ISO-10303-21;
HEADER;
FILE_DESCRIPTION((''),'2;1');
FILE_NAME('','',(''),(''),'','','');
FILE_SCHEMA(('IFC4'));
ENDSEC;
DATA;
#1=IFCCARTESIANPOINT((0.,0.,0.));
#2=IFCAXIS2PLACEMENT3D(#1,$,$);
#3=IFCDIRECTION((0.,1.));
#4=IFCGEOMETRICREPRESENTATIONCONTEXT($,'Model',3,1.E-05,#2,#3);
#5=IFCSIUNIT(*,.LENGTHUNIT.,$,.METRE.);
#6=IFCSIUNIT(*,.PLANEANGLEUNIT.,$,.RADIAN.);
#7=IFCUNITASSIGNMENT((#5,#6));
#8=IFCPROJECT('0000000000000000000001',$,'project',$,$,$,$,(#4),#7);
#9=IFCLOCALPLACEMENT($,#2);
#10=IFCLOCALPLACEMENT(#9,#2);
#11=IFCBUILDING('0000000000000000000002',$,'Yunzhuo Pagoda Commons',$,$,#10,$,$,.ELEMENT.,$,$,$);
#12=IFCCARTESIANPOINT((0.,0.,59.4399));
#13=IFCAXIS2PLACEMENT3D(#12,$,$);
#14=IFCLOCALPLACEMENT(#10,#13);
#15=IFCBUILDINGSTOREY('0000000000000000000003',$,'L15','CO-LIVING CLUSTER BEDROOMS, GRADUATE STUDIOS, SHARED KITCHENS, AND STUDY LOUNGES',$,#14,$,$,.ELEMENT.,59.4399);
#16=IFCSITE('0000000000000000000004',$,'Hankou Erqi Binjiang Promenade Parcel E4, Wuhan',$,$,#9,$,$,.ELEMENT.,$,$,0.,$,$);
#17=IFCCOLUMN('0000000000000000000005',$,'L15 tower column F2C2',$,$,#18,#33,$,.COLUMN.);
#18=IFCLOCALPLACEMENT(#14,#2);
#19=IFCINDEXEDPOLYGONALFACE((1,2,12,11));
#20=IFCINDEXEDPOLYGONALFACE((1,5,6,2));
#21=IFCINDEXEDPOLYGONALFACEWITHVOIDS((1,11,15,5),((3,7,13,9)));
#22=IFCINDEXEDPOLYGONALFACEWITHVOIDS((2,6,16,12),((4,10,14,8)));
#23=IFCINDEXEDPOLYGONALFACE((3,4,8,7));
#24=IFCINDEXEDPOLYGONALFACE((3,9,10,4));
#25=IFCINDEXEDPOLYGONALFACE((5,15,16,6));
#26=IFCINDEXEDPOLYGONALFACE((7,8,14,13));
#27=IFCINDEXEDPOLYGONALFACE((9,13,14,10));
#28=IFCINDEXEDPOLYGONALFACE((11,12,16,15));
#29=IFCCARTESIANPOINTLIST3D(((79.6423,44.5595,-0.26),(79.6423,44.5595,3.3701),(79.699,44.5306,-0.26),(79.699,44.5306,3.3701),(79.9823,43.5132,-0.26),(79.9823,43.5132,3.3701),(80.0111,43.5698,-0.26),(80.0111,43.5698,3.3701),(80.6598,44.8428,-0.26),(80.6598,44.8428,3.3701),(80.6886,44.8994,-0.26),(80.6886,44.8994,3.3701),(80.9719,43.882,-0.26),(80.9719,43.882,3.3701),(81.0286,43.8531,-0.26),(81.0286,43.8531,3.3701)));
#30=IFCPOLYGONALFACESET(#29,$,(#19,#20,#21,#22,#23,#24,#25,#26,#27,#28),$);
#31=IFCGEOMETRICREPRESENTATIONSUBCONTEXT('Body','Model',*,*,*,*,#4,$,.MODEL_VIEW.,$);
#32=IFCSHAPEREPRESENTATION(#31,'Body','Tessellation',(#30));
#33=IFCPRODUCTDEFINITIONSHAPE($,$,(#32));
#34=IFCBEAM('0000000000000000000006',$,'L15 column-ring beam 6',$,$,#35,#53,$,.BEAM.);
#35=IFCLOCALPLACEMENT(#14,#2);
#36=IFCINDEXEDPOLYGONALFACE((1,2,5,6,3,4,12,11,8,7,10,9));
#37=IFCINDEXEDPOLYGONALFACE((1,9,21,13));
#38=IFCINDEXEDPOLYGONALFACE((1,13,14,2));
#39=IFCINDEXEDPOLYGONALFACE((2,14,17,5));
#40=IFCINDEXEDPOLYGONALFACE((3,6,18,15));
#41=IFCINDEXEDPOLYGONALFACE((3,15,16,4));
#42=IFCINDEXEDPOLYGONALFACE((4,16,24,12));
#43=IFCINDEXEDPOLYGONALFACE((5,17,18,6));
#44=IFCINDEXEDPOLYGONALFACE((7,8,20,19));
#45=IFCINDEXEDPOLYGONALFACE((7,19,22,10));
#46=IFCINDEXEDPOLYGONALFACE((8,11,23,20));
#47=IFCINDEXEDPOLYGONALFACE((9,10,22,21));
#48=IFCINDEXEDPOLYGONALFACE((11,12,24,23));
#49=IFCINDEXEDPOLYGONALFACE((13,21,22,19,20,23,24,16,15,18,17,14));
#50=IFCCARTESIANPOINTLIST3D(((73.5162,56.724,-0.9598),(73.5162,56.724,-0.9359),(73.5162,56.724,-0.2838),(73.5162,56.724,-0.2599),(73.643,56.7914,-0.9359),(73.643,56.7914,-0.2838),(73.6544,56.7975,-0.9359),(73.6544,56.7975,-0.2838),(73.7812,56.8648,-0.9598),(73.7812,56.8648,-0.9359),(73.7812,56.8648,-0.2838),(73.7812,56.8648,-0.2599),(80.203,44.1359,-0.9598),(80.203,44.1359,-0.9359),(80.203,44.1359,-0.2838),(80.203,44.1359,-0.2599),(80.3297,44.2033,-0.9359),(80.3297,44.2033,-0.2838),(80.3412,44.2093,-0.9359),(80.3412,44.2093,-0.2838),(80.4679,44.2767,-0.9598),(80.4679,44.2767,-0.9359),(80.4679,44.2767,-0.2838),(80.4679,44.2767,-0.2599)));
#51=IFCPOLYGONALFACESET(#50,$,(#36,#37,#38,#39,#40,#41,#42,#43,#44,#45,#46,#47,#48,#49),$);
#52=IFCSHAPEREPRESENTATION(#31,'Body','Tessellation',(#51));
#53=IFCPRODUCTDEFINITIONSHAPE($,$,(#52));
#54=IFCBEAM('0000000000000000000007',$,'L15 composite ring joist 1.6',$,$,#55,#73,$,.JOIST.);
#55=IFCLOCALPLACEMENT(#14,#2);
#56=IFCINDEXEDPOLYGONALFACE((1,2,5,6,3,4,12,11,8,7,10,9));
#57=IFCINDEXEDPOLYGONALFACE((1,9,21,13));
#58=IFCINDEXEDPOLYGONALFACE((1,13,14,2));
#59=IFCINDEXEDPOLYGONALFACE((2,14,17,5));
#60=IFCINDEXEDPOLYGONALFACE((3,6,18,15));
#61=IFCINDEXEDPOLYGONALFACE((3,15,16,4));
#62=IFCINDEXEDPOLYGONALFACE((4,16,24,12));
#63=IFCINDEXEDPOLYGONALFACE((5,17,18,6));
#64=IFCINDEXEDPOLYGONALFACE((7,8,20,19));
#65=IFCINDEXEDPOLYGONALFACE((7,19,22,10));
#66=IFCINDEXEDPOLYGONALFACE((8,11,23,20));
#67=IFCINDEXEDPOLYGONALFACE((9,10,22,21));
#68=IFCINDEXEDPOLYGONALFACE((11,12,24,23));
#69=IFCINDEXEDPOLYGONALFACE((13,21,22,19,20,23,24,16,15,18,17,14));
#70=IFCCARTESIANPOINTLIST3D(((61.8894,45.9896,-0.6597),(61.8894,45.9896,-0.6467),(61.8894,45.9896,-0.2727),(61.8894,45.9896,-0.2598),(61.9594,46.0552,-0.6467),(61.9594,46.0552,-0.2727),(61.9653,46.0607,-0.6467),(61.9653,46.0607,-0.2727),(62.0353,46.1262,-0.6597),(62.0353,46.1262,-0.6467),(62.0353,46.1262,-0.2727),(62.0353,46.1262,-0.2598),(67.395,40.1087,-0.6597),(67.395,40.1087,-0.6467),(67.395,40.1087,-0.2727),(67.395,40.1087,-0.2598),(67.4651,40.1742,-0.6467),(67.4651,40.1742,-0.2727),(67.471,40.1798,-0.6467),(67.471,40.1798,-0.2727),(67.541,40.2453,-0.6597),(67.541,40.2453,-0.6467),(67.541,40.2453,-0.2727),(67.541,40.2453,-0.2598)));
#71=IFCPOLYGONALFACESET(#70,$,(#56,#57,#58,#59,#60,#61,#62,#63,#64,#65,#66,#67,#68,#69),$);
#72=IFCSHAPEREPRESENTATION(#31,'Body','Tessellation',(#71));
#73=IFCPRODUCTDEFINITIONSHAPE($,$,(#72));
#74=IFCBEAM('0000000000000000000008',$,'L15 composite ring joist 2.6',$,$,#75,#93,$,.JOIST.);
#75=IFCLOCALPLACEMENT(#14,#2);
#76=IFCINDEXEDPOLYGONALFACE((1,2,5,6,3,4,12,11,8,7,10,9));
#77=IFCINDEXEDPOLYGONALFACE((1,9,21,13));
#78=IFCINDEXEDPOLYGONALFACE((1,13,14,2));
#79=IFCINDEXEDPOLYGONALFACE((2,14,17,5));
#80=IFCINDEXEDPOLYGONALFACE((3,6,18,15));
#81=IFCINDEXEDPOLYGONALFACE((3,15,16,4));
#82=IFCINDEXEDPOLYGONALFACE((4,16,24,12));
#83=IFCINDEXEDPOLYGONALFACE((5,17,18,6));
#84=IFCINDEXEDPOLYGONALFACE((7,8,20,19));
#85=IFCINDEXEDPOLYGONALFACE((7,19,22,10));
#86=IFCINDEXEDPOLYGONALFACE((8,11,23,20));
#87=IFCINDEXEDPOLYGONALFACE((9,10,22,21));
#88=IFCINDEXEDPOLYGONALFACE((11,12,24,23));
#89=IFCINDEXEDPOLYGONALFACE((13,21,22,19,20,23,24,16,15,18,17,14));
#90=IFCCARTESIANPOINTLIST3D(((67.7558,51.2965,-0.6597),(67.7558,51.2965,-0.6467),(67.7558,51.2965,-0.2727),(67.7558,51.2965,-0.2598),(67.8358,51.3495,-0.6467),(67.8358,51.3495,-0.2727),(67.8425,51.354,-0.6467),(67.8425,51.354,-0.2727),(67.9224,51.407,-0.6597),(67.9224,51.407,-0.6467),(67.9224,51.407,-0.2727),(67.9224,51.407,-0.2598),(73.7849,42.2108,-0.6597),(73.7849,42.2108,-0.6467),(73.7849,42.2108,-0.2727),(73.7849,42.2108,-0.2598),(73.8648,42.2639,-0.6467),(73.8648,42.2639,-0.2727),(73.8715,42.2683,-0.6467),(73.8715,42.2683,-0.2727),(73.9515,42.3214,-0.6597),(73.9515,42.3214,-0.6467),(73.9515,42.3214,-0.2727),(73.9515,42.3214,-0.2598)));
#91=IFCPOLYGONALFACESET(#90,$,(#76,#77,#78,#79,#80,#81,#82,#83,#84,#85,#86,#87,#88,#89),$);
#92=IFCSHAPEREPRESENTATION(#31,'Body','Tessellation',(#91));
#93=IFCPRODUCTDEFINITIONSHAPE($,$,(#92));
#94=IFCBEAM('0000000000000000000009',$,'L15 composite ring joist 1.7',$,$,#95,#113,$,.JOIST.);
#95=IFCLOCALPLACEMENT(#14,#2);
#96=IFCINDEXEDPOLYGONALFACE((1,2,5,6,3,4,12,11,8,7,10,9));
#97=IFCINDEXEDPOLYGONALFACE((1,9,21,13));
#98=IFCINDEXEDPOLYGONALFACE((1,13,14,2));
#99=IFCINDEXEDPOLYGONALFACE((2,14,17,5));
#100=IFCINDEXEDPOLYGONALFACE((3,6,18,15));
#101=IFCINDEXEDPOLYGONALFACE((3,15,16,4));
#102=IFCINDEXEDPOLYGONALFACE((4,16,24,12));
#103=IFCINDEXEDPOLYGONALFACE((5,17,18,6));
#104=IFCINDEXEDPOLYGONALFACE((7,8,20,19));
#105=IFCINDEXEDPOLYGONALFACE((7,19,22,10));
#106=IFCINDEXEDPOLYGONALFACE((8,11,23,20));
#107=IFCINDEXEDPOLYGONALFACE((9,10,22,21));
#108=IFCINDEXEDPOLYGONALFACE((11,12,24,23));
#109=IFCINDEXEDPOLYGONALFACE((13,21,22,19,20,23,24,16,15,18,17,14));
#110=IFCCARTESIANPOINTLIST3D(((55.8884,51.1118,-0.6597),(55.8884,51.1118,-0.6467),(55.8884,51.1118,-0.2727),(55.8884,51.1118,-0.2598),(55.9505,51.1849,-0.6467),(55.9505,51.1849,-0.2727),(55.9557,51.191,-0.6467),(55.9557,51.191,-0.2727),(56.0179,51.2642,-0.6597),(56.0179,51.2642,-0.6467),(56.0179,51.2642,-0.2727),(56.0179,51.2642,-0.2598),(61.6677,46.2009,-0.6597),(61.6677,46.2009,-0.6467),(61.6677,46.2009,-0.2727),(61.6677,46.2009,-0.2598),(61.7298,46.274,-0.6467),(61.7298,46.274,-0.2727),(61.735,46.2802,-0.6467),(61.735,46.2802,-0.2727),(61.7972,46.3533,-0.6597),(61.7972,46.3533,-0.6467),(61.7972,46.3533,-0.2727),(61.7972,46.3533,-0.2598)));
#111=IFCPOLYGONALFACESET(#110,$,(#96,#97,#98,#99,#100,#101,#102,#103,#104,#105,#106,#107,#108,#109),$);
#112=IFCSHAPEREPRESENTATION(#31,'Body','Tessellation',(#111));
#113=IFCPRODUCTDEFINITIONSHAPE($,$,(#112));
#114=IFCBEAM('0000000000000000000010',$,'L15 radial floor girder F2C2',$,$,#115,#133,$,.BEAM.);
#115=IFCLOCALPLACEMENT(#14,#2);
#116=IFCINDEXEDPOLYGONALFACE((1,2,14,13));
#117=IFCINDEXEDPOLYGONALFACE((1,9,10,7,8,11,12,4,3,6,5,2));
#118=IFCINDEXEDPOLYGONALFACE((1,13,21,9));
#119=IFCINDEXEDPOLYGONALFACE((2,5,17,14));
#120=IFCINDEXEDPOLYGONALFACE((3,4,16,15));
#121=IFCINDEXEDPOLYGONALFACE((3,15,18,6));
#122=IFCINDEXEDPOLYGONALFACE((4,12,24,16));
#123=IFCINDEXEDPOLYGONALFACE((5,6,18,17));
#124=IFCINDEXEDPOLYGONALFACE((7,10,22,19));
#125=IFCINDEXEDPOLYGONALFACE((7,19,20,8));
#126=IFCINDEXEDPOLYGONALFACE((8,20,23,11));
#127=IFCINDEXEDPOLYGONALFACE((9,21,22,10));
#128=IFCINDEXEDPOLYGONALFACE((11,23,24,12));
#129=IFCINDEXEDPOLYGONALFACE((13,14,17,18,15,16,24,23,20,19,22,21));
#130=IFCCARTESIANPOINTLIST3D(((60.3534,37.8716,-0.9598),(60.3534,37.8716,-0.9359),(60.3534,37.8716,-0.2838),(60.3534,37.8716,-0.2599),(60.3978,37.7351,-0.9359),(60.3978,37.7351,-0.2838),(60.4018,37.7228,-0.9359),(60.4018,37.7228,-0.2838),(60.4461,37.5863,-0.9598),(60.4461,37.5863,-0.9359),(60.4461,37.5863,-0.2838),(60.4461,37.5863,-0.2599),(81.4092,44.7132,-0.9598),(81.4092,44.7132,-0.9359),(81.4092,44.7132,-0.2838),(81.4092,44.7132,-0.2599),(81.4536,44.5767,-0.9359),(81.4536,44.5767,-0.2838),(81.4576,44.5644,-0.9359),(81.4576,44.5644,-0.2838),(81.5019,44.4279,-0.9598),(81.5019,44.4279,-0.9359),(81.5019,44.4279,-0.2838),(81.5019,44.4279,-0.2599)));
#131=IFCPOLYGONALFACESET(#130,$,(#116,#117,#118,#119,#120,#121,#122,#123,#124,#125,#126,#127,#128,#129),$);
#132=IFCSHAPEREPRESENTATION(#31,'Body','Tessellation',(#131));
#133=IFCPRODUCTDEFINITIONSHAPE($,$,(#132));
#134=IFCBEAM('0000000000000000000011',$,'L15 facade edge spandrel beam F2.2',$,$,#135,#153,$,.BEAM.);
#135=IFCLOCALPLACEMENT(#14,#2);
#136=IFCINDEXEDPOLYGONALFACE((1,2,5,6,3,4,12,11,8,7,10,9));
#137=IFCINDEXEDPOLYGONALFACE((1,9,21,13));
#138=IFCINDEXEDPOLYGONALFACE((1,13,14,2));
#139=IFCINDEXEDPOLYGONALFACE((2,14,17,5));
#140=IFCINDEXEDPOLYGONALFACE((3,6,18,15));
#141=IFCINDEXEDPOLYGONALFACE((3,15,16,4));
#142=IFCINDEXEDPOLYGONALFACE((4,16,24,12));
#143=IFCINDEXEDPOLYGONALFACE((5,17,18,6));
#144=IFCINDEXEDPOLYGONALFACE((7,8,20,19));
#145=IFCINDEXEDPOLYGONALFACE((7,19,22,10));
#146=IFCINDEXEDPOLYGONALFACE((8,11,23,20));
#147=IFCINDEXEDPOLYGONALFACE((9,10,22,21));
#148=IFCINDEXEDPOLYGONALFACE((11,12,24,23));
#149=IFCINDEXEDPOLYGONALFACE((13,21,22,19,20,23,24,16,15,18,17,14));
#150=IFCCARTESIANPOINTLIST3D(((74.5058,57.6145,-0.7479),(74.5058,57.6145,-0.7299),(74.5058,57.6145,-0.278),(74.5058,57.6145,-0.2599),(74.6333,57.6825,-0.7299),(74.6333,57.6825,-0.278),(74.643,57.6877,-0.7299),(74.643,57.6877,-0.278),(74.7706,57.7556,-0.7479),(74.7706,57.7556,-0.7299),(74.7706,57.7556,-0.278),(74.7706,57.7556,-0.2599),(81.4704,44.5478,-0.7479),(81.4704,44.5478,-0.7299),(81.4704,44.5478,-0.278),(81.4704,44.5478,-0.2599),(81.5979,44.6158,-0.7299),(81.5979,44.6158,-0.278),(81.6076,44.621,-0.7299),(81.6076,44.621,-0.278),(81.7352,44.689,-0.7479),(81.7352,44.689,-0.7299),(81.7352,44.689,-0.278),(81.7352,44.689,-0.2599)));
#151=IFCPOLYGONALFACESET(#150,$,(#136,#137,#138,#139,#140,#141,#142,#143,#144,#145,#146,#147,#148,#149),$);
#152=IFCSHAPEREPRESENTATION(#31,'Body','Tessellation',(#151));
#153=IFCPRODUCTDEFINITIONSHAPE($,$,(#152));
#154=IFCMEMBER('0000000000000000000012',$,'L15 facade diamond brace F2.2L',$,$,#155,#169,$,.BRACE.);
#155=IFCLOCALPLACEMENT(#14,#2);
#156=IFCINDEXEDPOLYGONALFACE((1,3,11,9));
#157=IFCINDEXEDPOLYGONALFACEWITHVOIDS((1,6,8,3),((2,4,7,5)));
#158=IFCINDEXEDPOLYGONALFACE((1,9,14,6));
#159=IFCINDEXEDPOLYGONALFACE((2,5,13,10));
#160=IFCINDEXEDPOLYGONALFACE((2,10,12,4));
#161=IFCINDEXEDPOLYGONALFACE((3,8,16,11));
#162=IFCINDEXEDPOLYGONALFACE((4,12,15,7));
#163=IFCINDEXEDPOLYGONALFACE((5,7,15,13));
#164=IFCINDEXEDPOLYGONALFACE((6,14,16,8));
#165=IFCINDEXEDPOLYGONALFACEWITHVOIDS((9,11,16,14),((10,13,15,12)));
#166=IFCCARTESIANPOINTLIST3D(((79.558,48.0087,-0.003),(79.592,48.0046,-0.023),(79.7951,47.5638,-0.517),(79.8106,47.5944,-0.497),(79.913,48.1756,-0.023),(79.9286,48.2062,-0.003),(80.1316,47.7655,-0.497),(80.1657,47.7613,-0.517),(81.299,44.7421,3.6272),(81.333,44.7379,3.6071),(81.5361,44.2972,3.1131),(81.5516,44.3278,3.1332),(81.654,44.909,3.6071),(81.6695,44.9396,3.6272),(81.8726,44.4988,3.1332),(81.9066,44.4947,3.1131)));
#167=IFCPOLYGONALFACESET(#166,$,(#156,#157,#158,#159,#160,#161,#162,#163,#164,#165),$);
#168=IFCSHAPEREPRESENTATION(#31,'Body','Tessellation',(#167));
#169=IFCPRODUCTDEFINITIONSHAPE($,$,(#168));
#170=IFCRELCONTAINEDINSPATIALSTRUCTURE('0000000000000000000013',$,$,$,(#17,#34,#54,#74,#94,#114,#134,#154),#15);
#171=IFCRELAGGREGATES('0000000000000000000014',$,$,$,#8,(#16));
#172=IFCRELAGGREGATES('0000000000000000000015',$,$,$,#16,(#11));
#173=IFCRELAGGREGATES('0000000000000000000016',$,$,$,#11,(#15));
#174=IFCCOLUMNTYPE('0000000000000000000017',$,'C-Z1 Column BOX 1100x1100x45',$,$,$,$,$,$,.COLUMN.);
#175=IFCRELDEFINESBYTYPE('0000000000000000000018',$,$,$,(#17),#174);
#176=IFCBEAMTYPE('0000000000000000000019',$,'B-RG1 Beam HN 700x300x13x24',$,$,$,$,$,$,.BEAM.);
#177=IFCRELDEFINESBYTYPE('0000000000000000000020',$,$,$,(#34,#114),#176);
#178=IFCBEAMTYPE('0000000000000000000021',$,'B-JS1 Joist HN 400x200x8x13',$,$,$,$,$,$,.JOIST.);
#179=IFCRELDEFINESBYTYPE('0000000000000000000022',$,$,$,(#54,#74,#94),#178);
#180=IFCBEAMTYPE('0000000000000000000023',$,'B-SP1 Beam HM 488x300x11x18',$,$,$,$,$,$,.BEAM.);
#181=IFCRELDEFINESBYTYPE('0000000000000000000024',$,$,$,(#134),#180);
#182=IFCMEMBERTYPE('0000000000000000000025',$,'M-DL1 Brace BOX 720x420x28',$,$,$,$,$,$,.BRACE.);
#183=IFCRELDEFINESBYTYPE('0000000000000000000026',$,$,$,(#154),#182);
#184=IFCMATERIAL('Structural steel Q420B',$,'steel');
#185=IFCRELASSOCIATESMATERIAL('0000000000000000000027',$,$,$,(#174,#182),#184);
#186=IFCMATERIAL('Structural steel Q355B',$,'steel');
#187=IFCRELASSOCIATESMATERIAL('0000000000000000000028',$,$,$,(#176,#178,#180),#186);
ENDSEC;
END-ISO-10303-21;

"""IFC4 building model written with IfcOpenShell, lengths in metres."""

from ifc_helpers import new_model, si_unit, direction, frame, origin, origin_2d, place, context, subcontext, project, spatial, hollow_rectangle, i_section, extrude, source, transform, mapped, material, material_profile, profile_set, type_object, element, save


model = new_model("IFC4")

# Units and contexts
model_context = context("Model", 3, precision=1e-05, world=origin(), true_north=direction((0.0, 1.0)))
body_context = subcontext(model_context, "Body", "Model", "MODEL_VIEW")
ifc_project = project(units=[si_unit("LENGTHUNIT", "METRE"), si_unit("PLANEANGLEUNIT", "RADIAN")], contexts=[model_context])

# Site, building, storey
site_placement = place(None, origin())
site = spatial("IfcSite", under=ifc_project, at=site_placement, Name="Hankou Erqi Binjiang Promenade Parcel E4, Wuhan", CompositionType="ELEMENT", RefElevation=0.0)
building_placement = place(site_placement, origin())
building = spatial("IfcBuilding", under=site, at=building_placement, Name="Yunzhuo Pagoda Commons", CompositionType="ELEMENT")
storey_placement = place(building_placement, frame((0.0, 0.0, 59.4399)))
storey = spatial("IfcBuildingStorey", under=building, at=storey_placement, Name="L15", Description="CO-LIVING CLUSTER BEDROOMS, GRADUATE STUDIOS, SHARED KITCHENS, AND STUDY LOUNGES", CompositionType="ELEMENT", Elevation=59.4399)

# Column
ifc_material_1 = material(Name="Structural steel Q420B", Category="steel")
ifc_material_profile_1 = material_profile(ifc_material_1, hollow_rectangle(XDim=1.1001, YDim=1.1001, WallThickness=0.0449, at=origin_2d()), Name="Structural steel Q420B")
ifc_profile_set_1 = profile_set([ifc_material_profile_1], Name="Structural steel Q420B")
column_type = type_object("IfcColumnType", Name="C-Z1 Column BOX 1100x1100x45", PredefinedType="COLUMN", material=ifc_profile_set_1)
shared_shape_1 = source(origin(), body_context, "Body", "SweptSolid", [
    extrude(hollow_rectangle(XDim=1.1001, YDim=1.1001, WallThickness=0.0449, at=origin_2d()), origin(), (0.0, 0.0, 1.0), 3.6301),
])
column_placement = place(storey_placement, frame((80.3354, 44.2063, -0.26), z_axis=(0.0, 0.0, 1.0), x_axis=(-0.309017, 0.951057, 0.0)))
element("IfcColumn", 1, at=column_placement, inside=storey, type_object=column_type, Name="L15 tower column F2C2", PredefinedType="COLUMN", context=body_context, shape_type="MappedRepresentation", body=[
    mapped(shared_shape_1, transform((0.0, 0.0, 0.0), scale=1.0)),
])

# Beams
ifc_material_2 = material(Name="Structural steel Q355B", Category="steel")
ifc_material_profile_2 = material_profile(ifc_material_2, i_section(OverallWidth=0.3, OverallDepth=0.7, WebThickness=0.0129, FlangeThickness=0.0239, at=origin_2d()), Name="Structural steel Q355B")
ifc_profile_set_2 = profile_set([ifc_material_profile_2], Name="Structural steel Q355B")
beam_type_1 = type_object("IfcBeamType", Name="B-RG1 Beam HN 700x300x13x24", PredefinedType="BEAM", material=ifc_profile_set_2)
shared_shape_2 = source(origin(), body_context, "Body", "SweptSolid", [
    extrude(i_section(OverallWidth=0.3, OverallDepth=0.7, WebThickness=0.0129, FlangeThickness=0.0239, at=origin_2d()), origin(), (0.0, 0.0, 1.0), 14.2539),
])
beam_1_placement = place(storey_placement, frame((80.3354, 44.2063, -0.6099), z_axis=(-0.469118, 0.883135, 0.0), x_axis=(-0.883135, -0.469118, 0.0)))
element("IfcBeam", 2, at=beam_1_placement, inside=storey, type_object=beam_type_1, Name="L15 column-ring beam 6", PredefinedType="BEAM", context=body_context, shape_type="MappedRepresentation", body=[
    mapped(shared_shape_2, transform((0.0, 0.0, 0.0), scale=1.0)),
])
ifc_material_profile_3 = material_profile(ifc_material_2, i_section(OverallWidth=0.2, OverallDepth=0.3999, WebThickness=0.0081, FlangeThickness=0.0129, at=origin_2d()), Name="Structural steel Q355B")
ifc_profile_set_3 = profile_set([ifc_material_profile_3], Name="Structural steel Q355B")
beam_type_2 = type_object("IfcBeamType", Name="B-JS1 Joist HN 400x200x8x13", PredefinedType="JOIST", material=ifc_profile_set_3)
shared_shape_3 = source(origin(), body_context, "Body", "SweptSolid", [
    extrude(i_section(OverallWidth=0.2, OverallDepth=0.3999, WebThickness=0.0081, FlangeThickness=0.0129, at=origin_2d()), origin(), (0.0, 0.0, 1.0), 8.0559),
])
beam_2_placement = place(storey_placement, frame((67.468, 40.177, -0.4597), z_axis=(-0.683433, 0.730013, 0.0), x_axis=(-0.730013, -0.683433, 0.0)))
element("IfcBeam", 3, at=beam_2_placement, inside=storey, type_object=beam_type_2, Name="L15 composite ring joist 1.6", PredefinedType="JOIST", context=body_context, shape_type="MappedRepresentation", body=[
    mapped(shared_shape_3, transform((0.0, 0.0, 0.0), scale=1.0)),
])
shared_shape_4 = source(origin(), body_context, "Body", "SweptSolid", [
    extrude(i_section(OverallWidth=0.2, OverallDepth=0.3999, WebThickness=0.0081, FlangeThickness=0.0129, at=origin_2d()), origin(), (0.0, 0.0, 1.0), 10.9041),
])
beam_3_placement = place(storey_placement, frame((73.8682, 42.2661, -0.4597), z_axis=(-0.552916, 0.833237, 0.0), x_axis=(-0.833237, -0.552916, 0.0)))
element("IfcBeam", 4, at=beam_3_placement, inside=storey, type_object=beam_type_2, Name="L15 composite ring joist 2.6", PredefinedType="JOIST", context=body_context, shape_type="MappedRepresentation", body=[
    mapped(shared_shape_4, transform((0.0, 0.0, 0.0), scale=1.0)),
])
shared_shape_5 = source(origin(), body_context, "Body", "SweptSolid", [
    extrude(i_section(OverallWidth=0.2, OverallDepth=0.3999, WebThickness=0.0081, FlangeThickness=0.0129, at=origin_2d()), origin(), (0.0, 0.0, 1.0), 7.584),
])
beam_4_placement = place(storey_placement, frame((61.7324, 46.2771, -0.4597), z_axis=(-0.762038, 0.647533, 0.0), x_axis=(-0.647533, -0.762038, 0.0)))
element("IfcBeam", 5, at=beam_4_placement, inside=storey, type_object=beam_type_2, Name="L15 composite ring joist 1.7", PredefinedType="JOIST", context=body_context, shape_type="MappedRepresentation", body=[
    mapped(shared_shape_5, transform((0.0, 0.0, 0.0), scale=1.0)),
])
shared_shape_6 = source(origin(), body_context, "Body", "SweptSolid", [
    extrude(i_section(OverallWidth=0.3, OverallDepth=0.7, WebThickness=0.0129, FlangeThickness=0.0239, at=origin_2d()), origin(), (0.0, 0.0, 1.0), 22.1394),
])
beam_5_placement = place(storey_placement, frame((81.4556, 44.5706, -0.6099), z_axis=(-0.951054, -0.309023, 0.0), x_axis=(0.309023, -0.951054, 0.0)))
element("IfcBeam", 6, at=beam_5_placement, inside=storey, type_object=beam_type_1, Name="L15 radial floor girder F2C2", PredefinedType="BEAM", context=body_context, shape_type="MappedRepresentation", body=[
    mapped(shared_shape_6, transform((0.0, 0.0, 0.0), scale=1.0)),
])
ifc_material_profile_4 = material_profile(ifc_material_2, i_section(OverallWidth=0.3, OverallDepth=0.488, WebThickness=0.011, FlangeThickness=0.0181, at=origin_2d()), Name="Structural steel Q355B")
ifc_profile_set_4 = profile_set([ifc_material_profile_4], Name="Structural steel Q355B")
beam_type_3 = type_object("IfcBeamType", Name="B-SP1 Beam HM 488x300x11x18", PredefinedType="BEAM", material=ifc_profile_set_4)
shared_shape_7 = source(origin(), body_context, "Body", "SweptSolid", [
    extrude(i_section(OverallWidth=0.3, OverallDepth=0.488, WebThickness=0.011, FlangeThickness=0.0181, at=origin_2d()), origin(), (0.0, 0.0, 1.0), 14.8069),
])
beam_6_placement = place(storey_placement, frame((81.6028, 44.6184, -0.5039), z_axis=(-0.470363, 0.882473, 0.0), x_axis=(-0.882473, -0.470363, 0.0)))
element("IfcBeam", 7, at=beam_6_placement, inside=storey, type_object=beam_type_3, Name="L15 facade edge spandrel beam F2.2", PredefinedType="BEAM", context=body_context, shape_type="MappedRepresentation", body=[
    mapped(shared_shape_7, transform((0.0, 0.0, 0.0), scale=1.0)),
])

# Member
ifc_material_profile_5 = material_profile(ifc_material_1, hollow_rectangle(XDim=0.4199, YDim=0.72, WallThickness=0.0281, at=origin_2d()), Name="Structural steel Q420B")
ifc_profile_set_5 = profile_set([ifc_material_profile_5], Name="Structural steel Q420B")
member_type_1 = type_object("IfcMemberType", Name="M-DL1 Brace BOX 720x420x28", PredefinedType="BRACE", material=ifc_profile_set_5)
shared_shape_8 = source(origin(), body_context, "Body", "SweptSolid", [
    extrude(hollow_rectangle(XDim=0.4199, YDim=0.72, WallThickness=0.0281, at=origin_2d()), origin(), (0.0, 0.0, 1.0), 5.1846),
])
member_1_placement = place(storey_placement, frame((79.8618, 47.885, -0.26), z_axis=(0.3358, -0.630066, 0.700183), x_axis=(0.88249, 0.470331, 0.0)))
element("IfcMember", 8, at=member_1_placement, inside=storey, type_object=member_type_1, Name="L15 facade diamond brace F2.2L", PredefinedType="BRACE", context=body_context, shape_type="MappedRepresentation", body=[
    mapped(shared_shape_8, transform((0.0, 0.0, 0.0), scale=1.0)),
])

save(model, "model.ifc")
